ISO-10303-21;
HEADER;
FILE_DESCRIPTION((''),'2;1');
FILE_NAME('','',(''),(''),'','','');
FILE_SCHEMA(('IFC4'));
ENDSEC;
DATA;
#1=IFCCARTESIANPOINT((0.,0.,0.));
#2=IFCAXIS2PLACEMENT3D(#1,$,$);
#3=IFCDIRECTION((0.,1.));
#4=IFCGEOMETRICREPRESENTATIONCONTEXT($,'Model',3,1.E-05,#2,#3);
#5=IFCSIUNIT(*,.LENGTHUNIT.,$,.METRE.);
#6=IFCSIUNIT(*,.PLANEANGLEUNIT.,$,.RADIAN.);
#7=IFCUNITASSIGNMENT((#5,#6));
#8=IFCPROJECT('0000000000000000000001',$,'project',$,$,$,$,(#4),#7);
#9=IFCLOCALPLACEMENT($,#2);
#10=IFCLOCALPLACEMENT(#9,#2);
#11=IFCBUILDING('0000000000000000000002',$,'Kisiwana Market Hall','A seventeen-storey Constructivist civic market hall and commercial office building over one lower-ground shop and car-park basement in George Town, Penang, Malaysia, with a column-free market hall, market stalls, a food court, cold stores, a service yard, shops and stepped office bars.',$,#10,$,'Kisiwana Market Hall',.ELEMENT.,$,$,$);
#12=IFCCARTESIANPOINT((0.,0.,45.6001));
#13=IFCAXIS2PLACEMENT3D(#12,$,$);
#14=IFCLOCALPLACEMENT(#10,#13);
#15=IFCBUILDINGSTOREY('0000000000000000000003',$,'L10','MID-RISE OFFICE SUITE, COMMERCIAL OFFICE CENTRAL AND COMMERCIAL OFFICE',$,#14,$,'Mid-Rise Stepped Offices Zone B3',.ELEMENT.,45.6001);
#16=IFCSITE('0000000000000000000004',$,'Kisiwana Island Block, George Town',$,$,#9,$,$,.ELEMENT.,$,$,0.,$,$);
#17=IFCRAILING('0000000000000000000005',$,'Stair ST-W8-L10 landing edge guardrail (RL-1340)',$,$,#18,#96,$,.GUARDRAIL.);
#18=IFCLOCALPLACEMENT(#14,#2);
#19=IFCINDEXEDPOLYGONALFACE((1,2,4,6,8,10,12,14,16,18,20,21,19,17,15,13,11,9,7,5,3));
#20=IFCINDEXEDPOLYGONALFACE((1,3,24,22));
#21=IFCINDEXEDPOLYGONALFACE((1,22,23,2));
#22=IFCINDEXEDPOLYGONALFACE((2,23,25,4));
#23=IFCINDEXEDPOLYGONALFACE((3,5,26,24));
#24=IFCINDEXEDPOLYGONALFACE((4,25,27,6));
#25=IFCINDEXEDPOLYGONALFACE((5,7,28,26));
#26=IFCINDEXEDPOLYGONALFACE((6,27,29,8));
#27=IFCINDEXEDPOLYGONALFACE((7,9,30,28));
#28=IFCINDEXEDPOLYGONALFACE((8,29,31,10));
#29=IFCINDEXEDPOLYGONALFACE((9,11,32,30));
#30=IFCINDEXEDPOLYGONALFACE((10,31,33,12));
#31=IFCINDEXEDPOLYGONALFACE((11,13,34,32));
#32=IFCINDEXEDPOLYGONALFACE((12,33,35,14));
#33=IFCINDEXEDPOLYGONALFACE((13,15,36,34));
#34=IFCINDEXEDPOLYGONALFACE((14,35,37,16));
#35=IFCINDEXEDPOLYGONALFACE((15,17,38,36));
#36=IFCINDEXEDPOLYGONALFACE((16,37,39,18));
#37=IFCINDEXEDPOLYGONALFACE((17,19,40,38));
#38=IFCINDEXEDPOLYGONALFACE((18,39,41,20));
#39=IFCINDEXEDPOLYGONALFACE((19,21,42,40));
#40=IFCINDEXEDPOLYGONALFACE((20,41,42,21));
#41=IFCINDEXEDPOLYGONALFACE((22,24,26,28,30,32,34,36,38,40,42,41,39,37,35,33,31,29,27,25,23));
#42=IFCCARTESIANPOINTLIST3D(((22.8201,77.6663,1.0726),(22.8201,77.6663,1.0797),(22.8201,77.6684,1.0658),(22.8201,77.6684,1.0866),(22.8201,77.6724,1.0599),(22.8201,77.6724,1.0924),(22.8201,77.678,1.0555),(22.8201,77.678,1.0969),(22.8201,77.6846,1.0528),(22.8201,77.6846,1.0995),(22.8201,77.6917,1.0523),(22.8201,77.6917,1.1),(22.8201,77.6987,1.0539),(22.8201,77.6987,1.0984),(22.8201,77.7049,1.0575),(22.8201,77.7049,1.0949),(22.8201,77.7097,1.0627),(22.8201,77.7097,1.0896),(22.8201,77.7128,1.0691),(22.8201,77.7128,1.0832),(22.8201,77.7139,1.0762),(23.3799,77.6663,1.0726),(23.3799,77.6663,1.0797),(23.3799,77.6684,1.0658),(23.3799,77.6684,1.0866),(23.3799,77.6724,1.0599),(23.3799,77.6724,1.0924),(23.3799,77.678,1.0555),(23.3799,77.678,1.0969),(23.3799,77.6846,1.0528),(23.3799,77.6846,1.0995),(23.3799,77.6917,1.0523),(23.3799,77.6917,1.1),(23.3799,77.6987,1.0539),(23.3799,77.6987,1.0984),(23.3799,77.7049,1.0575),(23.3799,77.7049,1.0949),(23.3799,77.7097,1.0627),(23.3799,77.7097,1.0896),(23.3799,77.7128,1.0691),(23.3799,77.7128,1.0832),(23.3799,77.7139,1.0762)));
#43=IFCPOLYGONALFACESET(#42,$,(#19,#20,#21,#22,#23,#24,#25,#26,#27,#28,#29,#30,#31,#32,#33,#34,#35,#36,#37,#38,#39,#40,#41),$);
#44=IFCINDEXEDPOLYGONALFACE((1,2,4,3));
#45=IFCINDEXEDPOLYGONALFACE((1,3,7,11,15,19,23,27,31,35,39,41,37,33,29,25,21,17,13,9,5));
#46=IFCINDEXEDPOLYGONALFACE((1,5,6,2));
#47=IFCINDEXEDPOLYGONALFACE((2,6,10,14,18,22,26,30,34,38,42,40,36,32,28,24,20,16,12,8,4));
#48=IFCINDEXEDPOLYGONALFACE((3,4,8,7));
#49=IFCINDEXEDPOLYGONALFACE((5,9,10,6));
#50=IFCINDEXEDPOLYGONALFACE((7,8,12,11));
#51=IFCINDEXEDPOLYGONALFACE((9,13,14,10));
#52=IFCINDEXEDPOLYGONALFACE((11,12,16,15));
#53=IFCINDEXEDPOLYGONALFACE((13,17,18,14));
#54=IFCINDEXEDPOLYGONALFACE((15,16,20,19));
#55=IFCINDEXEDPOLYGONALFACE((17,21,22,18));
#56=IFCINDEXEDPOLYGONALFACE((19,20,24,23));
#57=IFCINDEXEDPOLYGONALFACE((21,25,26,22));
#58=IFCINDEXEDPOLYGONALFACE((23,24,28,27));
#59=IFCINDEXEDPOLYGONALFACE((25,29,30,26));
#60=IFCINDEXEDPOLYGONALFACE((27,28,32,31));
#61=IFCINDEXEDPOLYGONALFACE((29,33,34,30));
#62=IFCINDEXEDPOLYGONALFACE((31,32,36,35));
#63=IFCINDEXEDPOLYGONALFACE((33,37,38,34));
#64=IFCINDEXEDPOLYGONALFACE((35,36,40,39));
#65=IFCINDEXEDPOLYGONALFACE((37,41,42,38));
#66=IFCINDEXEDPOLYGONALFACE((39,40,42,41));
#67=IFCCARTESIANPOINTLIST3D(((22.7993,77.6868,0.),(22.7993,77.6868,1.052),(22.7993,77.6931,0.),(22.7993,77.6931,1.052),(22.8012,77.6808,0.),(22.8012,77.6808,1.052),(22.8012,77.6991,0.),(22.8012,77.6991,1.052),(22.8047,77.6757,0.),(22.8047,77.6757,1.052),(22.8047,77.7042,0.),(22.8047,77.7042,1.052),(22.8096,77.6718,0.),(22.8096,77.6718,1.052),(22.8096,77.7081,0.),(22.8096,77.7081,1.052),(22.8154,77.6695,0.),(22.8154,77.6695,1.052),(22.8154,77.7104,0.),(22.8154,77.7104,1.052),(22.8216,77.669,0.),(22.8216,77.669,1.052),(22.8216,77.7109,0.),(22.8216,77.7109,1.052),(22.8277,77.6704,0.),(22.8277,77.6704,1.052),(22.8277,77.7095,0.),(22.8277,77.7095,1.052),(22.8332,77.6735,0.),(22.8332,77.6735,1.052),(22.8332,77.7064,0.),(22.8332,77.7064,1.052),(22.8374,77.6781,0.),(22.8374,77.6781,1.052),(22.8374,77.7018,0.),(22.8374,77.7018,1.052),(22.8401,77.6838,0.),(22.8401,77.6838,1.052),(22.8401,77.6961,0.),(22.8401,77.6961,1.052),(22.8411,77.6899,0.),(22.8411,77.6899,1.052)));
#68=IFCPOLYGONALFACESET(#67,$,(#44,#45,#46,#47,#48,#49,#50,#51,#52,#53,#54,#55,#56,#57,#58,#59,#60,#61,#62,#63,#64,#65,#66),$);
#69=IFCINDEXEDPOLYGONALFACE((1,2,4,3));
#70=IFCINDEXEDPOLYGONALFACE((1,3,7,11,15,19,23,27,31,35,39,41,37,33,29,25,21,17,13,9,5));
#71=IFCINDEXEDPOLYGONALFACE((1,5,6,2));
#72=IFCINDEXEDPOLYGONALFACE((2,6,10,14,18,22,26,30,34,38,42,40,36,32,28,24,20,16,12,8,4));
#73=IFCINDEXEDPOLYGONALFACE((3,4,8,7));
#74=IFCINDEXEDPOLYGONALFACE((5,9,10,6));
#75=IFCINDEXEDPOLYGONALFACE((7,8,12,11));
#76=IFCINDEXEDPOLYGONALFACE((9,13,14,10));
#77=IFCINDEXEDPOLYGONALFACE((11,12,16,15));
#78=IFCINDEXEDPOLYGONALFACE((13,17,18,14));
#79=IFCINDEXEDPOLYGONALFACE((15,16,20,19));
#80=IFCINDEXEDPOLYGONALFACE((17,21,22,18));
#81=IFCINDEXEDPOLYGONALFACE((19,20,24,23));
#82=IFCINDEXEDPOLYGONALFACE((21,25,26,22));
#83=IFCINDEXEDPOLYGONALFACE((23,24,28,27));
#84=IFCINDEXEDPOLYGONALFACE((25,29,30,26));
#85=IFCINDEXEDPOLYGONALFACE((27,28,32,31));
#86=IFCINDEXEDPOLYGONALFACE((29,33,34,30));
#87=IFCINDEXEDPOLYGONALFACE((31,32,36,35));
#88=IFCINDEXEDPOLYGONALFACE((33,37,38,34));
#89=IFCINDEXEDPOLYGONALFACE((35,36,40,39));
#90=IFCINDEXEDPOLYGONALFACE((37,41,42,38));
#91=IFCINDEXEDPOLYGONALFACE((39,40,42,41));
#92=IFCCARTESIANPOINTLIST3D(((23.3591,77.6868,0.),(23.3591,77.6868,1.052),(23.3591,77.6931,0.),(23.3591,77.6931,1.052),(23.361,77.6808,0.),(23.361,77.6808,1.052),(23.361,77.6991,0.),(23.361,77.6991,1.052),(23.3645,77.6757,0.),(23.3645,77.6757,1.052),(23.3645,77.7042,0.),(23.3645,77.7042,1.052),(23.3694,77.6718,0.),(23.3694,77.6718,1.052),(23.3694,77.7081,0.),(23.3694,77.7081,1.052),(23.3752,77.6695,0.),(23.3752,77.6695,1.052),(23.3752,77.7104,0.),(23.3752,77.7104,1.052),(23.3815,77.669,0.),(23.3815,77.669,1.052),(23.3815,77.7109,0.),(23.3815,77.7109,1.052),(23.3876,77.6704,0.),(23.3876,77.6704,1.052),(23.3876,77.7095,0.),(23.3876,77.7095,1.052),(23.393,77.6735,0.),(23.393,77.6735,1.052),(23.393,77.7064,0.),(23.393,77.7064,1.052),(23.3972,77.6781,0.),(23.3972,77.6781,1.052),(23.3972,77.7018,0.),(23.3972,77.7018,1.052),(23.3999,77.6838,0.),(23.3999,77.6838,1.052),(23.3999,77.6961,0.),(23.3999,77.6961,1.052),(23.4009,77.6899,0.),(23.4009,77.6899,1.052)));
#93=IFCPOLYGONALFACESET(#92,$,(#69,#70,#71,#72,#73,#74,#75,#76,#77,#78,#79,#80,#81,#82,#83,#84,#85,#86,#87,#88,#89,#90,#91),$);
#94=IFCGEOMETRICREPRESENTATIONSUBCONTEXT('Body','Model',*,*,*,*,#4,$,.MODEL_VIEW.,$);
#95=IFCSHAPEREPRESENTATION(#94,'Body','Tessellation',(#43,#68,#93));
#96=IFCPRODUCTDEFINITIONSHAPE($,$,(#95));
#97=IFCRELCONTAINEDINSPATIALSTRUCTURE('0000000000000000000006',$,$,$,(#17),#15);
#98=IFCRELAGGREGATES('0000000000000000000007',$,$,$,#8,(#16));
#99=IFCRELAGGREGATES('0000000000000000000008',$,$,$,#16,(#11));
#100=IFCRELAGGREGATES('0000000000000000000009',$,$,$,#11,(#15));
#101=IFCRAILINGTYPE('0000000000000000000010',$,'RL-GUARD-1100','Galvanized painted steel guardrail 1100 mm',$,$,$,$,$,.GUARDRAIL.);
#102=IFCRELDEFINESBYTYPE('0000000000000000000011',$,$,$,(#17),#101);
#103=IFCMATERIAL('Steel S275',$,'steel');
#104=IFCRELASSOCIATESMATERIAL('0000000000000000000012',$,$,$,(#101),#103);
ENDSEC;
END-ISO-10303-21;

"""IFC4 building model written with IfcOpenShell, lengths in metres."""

from ifc_helpers import new_model, si_unit, direction, frame, origin, origin_2d, place, context, subcontext, project, spatial, circle, extrude, material, type_object, element, save


model = new_model("IFC4")

# Units and contexts
model_context = context("Model", 3, precision=1e-05, world=origin(), true_north=direction((0.0, 1.0)))
body_context = subcontext(model_context, "Body", "Model", "MODEL_VIEW")
ifc_project = project(units=[si_unit("LENGTHUNIT", "METRE"), si_unit("PLANEANGLEUNIT", "RADIAN")], contexts=[model_context])

# Site, building, storey
site_placement = place(None, origin())
site = spatial("IfcSite", under=ifc_project, at=site_placement, Name="Kisiwana Island Block, George Town", CompositionType="ELEMENT", RefElevation=0.0)
building_placement = place(site_placement, origin())
building = spatial("IfcBuilding", under=site, at=building_placement, Name="Kisiwana Market Hall", Description="A seventeen-storey Constructivist civic market hall and commercial office building over one lower-ground shop and car-park basement in George Town, Penang, Malaysia, with a column-free market hall, market stalls, a food court, cold stores, a service yard, shops and stepped office bars.", LongName="Kisiwana Market Hall", CompositionType="ELEMENT")
storey_placement = place(building_placement, frame((0.0, 0.0, 45.6001)))
storey = spatial("IfcBuildingStorey", under=building, at=storey_placement, Name="L10", Description="MID-RISE OFFICE SUITE, COMMERCIAL OFFICE CENTRAL AND COMMERCIAL OFFICE", LongName="Mid-Rise Stepped Offices Zone B3", CompositionType="ELEMENT", Elevation=45.6001)

# Railing
ifc_material_1 = material(Name="Steel S275", Category="steel")
railing_type_1 = type_object("IfcRailingType", Name="RL-GUARD-1100", Description="Galvanized painted steel guardrail 1100 mm", PredefinedType="GUARDRAIL", material=ifc_material_1)
railing_1_placement = place(storey_placement, frame((22.8201, 77.6899, 0.0)))
element("IfcRailing", 1, at=railing_1_placement, inside=storey, type_object=railing_type_1, Name="Stair ST-W8-L10 landing edge guardrail (RL-1340)", PredefinedType="GUARDRAIL", context=body_context, shape_type="SweptSolid", body=[
    extrude(circle(Radius=0.0239, at=origin_2d()), frame((0.0, 0.0, 1.0762), z_axis=(1.0, 0.0, 0.0), x_axis=(0.0, 1.0, 0.0)), (0.0, 0.0, 1.0), 0.5598),
    extrude(circle(Radius=0.021, at=origin_2d()), origin(), (0.0, 0.0, 1.0), 1.052),
    extrude(circle(Radius=0.021, at=origin_2d()), frame((0.5598, 0.0, 0.0)), (0.0, 0.0, 1.0), 1.052),
])

save(model, "model.ifc")
